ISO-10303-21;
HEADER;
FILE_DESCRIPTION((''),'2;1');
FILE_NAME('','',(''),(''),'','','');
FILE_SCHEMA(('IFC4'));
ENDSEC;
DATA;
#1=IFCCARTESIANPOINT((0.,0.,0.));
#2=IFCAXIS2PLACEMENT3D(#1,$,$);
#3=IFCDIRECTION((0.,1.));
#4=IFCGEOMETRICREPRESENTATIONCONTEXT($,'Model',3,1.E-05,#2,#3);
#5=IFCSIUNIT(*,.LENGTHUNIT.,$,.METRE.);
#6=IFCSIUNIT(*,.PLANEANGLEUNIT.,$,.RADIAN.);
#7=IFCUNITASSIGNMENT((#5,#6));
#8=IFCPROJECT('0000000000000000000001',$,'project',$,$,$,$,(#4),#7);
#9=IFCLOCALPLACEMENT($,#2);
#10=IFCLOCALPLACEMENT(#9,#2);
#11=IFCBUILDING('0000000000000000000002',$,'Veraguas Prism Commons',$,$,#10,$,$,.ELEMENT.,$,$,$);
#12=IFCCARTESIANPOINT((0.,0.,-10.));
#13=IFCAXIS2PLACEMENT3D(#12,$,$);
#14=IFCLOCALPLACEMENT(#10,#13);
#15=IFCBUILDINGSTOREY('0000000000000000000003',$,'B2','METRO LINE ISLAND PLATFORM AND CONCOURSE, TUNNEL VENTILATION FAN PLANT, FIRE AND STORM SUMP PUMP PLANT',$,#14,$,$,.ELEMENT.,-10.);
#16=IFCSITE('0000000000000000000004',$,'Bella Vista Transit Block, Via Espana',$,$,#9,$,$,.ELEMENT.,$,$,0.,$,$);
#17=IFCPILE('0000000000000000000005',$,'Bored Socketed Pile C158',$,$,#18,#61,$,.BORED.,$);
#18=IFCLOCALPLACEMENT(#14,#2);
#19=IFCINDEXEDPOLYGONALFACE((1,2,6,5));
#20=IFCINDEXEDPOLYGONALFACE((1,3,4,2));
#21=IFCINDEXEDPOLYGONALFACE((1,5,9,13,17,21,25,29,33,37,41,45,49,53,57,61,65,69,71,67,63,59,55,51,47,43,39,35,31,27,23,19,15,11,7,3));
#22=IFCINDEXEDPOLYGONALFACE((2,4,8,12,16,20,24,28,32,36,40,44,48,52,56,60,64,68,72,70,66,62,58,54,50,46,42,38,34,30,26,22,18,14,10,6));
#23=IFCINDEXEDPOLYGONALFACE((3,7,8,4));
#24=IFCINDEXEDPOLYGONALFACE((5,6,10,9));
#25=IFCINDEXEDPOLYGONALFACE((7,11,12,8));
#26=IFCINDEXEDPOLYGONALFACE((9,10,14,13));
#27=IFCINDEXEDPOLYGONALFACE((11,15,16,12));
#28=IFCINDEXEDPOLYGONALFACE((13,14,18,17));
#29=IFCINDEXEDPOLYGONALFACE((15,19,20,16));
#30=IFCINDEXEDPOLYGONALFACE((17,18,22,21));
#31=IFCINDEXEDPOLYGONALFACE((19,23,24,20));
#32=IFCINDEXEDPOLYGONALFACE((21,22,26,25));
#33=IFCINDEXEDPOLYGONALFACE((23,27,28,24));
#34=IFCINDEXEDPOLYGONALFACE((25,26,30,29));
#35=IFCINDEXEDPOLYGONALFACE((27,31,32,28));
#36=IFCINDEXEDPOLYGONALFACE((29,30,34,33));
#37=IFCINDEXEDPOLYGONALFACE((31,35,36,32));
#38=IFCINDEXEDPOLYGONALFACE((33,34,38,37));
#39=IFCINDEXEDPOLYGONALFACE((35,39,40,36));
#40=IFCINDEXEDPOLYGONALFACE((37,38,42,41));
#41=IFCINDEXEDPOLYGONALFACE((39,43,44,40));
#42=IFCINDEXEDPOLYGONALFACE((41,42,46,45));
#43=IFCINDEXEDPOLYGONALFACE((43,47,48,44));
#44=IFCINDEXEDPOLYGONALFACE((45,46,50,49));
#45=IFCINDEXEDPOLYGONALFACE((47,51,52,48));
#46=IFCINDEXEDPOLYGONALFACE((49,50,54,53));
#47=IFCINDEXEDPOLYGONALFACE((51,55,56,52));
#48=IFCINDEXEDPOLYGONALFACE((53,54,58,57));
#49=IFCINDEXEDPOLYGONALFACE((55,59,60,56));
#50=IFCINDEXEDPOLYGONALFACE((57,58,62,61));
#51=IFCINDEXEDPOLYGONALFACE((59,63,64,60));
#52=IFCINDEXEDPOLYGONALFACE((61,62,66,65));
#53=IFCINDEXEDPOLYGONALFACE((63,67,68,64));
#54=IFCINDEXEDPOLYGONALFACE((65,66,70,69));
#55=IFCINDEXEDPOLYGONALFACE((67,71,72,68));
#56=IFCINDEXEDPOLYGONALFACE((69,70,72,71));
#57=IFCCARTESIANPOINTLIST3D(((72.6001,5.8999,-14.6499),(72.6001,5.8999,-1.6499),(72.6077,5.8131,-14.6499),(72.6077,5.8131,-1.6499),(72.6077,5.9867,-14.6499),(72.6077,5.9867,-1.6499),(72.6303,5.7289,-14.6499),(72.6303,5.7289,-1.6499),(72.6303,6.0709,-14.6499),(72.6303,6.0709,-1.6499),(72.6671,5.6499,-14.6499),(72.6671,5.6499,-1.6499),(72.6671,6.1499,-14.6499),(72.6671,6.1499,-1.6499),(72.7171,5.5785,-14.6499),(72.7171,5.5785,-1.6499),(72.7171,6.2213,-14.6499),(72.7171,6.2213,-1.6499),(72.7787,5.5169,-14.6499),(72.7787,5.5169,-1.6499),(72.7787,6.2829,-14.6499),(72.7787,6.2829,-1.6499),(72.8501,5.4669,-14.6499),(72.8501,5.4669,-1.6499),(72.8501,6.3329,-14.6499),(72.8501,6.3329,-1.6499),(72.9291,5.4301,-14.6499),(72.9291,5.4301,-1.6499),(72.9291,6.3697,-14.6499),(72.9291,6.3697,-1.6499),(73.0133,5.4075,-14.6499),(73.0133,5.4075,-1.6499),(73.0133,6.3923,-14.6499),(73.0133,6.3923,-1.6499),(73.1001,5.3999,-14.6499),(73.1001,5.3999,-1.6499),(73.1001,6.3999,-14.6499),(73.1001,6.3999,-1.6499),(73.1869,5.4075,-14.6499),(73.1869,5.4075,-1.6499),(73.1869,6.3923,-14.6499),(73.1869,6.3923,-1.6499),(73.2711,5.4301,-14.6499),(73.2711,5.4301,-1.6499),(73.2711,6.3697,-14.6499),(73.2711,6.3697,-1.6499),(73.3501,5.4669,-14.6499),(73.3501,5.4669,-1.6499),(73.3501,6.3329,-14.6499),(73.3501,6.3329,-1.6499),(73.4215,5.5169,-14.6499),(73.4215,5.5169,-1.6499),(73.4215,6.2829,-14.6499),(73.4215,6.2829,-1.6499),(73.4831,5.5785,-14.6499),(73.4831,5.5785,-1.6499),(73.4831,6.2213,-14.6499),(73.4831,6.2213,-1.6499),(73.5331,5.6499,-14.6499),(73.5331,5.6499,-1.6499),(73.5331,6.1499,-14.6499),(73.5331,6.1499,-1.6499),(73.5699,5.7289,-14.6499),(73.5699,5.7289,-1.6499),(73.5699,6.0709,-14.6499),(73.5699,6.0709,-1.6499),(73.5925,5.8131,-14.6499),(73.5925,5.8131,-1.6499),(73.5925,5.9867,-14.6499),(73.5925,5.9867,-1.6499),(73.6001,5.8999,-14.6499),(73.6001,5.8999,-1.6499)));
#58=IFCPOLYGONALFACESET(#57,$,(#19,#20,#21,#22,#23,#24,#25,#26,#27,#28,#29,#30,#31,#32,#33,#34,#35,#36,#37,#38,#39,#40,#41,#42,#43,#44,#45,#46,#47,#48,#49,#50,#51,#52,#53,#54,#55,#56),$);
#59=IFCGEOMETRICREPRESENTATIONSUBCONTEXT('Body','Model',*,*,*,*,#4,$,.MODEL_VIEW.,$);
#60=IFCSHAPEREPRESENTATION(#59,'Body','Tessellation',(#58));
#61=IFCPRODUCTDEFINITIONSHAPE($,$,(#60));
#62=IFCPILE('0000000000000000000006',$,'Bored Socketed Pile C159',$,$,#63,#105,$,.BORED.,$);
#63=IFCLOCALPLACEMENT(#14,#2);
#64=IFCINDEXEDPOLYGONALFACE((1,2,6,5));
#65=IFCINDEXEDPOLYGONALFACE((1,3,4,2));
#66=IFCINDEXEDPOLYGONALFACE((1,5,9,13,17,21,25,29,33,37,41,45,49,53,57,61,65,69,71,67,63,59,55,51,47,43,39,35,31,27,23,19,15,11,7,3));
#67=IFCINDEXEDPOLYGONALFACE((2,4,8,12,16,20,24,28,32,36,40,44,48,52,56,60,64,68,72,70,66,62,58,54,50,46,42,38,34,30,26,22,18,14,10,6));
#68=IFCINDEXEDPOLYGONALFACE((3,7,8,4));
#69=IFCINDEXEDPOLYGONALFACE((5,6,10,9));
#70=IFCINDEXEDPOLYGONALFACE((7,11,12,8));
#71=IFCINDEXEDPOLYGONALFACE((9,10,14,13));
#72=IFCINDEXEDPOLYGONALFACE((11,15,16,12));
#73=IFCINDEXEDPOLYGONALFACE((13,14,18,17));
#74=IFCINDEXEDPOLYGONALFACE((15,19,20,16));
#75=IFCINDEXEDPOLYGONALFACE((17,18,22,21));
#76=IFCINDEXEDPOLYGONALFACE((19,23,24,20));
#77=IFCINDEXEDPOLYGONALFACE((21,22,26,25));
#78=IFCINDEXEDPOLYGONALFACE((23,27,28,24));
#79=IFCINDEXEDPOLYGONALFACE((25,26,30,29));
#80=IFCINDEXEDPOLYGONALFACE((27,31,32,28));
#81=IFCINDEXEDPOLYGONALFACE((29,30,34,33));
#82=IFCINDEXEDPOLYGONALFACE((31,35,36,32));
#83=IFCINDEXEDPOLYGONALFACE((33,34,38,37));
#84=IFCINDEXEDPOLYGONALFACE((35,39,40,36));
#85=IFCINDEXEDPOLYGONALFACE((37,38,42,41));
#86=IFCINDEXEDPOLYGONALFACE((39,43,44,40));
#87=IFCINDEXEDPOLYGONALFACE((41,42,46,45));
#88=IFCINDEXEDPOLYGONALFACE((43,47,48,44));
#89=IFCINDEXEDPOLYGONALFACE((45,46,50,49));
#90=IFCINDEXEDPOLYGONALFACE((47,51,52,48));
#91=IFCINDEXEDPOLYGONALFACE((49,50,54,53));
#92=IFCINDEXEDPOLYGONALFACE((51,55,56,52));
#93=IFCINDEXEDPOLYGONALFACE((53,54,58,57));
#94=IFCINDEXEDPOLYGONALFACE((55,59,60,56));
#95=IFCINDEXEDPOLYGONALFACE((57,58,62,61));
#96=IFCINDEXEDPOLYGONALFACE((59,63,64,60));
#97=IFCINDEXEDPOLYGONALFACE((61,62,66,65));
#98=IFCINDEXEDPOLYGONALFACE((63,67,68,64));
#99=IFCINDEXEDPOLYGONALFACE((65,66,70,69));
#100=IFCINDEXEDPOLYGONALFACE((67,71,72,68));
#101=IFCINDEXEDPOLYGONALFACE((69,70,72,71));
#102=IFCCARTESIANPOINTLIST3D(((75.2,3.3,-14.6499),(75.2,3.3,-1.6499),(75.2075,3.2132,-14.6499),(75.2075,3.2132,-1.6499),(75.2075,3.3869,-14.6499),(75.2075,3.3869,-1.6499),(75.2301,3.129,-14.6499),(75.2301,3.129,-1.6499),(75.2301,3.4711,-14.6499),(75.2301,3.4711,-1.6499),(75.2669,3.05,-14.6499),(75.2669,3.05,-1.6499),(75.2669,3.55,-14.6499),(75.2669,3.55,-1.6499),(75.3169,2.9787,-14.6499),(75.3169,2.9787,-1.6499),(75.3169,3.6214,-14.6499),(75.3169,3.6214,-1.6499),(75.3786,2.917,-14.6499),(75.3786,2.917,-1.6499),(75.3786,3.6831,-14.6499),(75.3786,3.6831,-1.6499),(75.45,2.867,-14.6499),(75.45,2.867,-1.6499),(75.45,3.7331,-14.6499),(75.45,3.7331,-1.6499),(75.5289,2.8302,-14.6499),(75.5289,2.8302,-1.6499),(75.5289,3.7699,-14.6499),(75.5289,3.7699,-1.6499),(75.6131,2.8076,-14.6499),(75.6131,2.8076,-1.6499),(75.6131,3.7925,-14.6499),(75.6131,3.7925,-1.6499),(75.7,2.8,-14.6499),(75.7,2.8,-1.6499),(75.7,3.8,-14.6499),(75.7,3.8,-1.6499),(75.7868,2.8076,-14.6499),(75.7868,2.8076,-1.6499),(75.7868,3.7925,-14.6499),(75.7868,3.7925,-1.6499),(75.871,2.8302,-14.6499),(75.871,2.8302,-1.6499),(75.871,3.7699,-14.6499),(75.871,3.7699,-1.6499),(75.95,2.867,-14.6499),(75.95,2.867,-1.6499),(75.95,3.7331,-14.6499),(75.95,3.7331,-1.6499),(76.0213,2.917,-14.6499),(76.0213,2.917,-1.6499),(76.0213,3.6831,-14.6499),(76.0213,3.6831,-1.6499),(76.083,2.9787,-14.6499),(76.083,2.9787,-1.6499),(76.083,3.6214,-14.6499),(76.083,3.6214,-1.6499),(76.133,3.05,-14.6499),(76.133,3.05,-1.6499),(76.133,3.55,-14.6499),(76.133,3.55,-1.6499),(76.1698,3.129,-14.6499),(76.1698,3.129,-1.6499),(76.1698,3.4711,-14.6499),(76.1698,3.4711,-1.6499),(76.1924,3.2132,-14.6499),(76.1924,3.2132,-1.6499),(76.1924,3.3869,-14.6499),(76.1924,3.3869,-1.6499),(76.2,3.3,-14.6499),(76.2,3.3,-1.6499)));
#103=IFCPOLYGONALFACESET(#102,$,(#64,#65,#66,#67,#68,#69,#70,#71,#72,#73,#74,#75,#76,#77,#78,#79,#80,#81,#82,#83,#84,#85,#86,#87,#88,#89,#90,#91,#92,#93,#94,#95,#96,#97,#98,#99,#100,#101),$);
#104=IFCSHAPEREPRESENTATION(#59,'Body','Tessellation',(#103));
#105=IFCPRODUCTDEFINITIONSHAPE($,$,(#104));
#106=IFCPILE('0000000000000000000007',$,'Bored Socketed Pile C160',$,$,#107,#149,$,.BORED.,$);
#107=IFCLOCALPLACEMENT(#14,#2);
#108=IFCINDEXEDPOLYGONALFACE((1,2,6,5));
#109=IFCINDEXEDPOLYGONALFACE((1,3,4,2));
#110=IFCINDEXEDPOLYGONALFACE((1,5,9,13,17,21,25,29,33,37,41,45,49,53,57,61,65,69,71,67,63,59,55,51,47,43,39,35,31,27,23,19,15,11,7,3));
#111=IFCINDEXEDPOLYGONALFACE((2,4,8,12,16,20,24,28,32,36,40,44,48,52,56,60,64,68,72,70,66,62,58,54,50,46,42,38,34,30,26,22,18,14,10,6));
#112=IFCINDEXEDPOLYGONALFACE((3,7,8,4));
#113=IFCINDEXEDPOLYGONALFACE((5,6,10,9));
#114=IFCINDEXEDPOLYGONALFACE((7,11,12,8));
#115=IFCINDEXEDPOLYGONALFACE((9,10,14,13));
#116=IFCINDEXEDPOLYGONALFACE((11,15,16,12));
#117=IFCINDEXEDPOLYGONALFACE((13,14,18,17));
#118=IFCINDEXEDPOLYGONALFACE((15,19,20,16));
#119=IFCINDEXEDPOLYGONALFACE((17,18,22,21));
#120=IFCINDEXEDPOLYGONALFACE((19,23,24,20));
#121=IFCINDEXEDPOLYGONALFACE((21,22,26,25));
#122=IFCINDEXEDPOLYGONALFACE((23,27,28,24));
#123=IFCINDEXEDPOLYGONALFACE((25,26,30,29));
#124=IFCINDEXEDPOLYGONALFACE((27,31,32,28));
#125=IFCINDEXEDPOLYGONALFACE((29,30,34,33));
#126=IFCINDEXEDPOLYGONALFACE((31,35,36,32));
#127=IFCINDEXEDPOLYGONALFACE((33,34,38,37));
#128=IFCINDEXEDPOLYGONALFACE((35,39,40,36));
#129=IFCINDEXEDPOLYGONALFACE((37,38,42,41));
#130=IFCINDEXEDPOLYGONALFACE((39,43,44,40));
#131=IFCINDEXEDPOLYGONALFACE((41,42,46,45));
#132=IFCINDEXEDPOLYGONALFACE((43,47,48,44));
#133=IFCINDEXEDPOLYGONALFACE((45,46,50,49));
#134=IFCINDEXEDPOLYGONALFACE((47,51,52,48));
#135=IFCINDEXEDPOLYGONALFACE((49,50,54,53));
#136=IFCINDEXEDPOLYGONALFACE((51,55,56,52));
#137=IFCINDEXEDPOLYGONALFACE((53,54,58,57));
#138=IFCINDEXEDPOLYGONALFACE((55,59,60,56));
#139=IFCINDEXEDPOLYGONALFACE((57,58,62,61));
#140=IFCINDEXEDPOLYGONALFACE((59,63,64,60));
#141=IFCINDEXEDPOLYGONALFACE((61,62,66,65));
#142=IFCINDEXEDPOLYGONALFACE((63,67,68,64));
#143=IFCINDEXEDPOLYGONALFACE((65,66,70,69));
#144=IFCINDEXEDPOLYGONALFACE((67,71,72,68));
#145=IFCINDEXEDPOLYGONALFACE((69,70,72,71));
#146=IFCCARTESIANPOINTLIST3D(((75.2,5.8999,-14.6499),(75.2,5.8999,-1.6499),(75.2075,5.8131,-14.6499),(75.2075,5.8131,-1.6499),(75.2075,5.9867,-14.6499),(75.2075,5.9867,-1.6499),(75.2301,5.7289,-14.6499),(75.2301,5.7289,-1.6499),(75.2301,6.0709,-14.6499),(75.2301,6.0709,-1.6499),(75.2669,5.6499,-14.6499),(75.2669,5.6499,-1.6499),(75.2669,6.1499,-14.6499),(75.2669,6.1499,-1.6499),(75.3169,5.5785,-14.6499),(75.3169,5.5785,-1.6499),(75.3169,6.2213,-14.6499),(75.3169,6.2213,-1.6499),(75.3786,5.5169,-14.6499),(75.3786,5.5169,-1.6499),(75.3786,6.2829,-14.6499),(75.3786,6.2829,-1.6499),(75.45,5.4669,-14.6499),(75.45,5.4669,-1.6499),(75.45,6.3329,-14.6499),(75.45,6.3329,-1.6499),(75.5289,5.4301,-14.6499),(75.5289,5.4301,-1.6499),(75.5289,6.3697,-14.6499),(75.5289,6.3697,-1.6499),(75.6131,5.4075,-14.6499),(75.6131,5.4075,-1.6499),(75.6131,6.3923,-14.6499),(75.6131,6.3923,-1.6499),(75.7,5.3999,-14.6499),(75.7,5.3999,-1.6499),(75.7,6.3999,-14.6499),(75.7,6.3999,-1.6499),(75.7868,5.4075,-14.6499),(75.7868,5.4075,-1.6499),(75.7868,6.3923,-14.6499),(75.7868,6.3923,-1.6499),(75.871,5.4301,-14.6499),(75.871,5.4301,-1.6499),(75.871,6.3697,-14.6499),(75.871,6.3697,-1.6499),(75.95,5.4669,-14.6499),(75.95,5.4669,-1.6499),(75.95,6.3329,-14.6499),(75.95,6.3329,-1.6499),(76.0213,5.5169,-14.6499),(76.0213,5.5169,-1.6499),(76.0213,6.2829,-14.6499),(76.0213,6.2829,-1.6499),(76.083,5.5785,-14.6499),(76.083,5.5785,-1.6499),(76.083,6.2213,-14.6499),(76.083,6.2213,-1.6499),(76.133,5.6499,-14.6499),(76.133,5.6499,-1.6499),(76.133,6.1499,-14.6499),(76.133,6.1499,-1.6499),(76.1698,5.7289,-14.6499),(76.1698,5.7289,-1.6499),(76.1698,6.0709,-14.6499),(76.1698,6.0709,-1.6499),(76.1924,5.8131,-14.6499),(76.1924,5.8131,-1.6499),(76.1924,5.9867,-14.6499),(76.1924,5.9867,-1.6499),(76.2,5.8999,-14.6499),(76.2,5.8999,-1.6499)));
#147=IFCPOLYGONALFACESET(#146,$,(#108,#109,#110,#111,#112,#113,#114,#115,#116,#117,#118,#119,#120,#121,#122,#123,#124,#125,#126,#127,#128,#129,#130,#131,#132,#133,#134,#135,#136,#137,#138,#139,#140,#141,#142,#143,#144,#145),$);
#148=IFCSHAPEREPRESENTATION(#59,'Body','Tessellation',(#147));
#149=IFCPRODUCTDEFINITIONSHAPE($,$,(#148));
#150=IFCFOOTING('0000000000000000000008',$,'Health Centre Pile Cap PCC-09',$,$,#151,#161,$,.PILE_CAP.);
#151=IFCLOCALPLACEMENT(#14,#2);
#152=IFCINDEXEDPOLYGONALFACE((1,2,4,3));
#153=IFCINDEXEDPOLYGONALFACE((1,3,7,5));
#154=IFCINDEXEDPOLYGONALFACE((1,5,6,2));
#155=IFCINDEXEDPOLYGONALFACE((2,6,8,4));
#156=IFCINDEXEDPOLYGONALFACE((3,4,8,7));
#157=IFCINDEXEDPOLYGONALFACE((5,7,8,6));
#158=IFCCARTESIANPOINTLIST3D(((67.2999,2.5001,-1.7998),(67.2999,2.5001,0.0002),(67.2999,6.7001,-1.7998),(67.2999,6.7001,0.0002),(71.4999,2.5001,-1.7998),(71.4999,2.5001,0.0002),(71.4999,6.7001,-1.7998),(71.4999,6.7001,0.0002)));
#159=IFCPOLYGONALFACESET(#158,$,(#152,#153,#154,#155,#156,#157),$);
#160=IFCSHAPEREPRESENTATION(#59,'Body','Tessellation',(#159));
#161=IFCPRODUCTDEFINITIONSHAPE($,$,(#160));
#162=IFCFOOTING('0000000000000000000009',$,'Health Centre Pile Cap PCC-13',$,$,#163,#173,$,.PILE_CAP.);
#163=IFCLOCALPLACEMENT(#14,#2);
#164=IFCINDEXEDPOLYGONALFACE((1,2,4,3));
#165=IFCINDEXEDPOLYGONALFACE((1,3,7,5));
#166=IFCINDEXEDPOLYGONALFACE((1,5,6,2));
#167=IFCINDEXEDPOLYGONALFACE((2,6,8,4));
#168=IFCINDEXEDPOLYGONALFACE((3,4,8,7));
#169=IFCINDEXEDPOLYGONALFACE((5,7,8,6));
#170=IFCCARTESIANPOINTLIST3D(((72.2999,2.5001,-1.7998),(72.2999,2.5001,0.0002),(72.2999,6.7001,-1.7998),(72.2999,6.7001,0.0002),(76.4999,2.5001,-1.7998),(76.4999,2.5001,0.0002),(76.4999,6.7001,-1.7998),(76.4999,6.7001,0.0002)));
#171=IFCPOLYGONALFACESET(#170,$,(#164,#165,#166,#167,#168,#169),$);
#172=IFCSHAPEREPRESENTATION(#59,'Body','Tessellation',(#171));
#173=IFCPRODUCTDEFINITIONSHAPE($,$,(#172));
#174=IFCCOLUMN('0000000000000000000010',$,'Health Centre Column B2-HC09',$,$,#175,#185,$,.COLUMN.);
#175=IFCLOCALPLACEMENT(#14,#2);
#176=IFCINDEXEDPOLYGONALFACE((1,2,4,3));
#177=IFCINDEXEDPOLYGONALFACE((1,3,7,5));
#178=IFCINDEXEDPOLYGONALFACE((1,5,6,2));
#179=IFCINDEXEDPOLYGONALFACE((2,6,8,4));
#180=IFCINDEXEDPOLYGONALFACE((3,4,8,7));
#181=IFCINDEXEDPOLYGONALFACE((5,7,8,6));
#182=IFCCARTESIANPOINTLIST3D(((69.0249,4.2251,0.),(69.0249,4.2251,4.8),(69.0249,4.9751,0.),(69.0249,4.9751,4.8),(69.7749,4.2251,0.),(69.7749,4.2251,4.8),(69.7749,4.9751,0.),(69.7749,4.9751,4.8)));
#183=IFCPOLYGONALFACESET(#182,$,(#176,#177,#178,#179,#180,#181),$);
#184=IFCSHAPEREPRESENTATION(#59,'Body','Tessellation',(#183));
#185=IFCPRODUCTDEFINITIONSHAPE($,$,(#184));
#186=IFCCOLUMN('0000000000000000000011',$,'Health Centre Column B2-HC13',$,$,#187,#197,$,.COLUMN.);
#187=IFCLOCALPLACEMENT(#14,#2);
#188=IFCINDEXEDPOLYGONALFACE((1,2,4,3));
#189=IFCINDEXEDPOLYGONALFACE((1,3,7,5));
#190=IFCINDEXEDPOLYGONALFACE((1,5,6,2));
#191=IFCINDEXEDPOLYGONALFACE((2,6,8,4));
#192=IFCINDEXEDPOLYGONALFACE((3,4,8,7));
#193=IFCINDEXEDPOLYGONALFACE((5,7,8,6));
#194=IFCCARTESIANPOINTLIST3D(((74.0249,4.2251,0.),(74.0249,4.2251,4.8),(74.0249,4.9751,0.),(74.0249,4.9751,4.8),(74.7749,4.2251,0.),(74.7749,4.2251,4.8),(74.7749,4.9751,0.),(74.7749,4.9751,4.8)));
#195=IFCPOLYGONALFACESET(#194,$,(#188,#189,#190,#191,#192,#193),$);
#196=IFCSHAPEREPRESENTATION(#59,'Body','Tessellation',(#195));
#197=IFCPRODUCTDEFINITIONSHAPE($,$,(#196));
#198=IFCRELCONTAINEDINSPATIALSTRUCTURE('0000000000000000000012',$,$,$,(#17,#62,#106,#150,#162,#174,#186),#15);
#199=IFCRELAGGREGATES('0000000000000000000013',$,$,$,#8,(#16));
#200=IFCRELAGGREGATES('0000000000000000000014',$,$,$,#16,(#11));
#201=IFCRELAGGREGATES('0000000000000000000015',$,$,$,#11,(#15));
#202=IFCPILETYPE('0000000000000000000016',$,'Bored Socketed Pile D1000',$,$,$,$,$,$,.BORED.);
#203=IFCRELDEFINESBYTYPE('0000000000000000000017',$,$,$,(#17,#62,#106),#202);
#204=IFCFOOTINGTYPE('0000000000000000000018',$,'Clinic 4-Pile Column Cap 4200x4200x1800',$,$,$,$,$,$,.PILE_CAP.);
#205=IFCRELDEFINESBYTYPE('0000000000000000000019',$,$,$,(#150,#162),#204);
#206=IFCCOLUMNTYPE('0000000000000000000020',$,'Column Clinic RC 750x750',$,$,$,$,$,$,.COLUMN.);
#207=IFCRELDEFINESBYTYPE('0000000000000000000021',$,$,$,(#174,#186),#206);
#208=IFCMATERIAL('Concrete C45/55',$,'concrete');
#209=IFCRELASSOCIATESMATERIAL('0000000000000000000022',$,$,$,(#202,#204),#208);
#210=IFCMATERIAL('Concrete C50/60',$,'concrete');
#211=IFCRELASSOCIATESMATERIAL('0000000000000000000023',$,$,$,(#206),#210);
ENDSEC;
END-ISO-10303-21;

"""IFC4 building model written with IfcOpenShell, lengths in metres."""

from ifc_helpers import new_model, si_unit, direction, frame, origin, origin_2d, place, context, subcontext, project, spatial, rectangle, circle, extrude, source, transform, mapped, material, material_profile, profile_set, type_object, element, save


model = new_model("IFC4")

# Units and contexts
model_context = context("Model", 3, precision=1e-05, world=origin(), true_north=direction((0.0, 1.0)))
body_context = subcontext(model_context, "Body", "Model", "MODEL_VIEW")
ifc_project = project(units=[si_unit("LENGTHUNIT", "METRE"), si_unit("PLANEANGLEUNIT", "RADIAN")], contexts=[model_context])

# Site, building, storey
site_placement = place(None, origin())
site = spatial("IfcSite", under=ifc_project, at=site_placement, Name="Bella Vista Transit Block, Via Espana", CompositionType="ELEMENT", RefElevation=0.0)
building_placement = place(site_placement, origin())
building = spatial("IfcBuilding", under=site, at=building_placement, Name="Veraguas Prism Commons", CompositionType="ELEMENT")
storey_placement = place(building_placement, frame((0.0, 0.0, -10.0)))
storey = spatial("IfcBuildingStorey", under=building, at=storey_placement, Name="B2", Description="METRO LINE ISLAND PLATFORM AND CONCOURSE, TUNNEL VENTILATION FAN PLANT, FIRE AND STORM SUMP PUMP PLANT", CompositionType="ELEMENT", Elevation=-10.0)

# Shared definitions
ifc_material_1 = material(Name="Concrete C45/55", Category="concrete")

# Piles
ifc_material_profile_1 = material_profile(ifc_material_1, circle(Radius=0.5, at=origin_2d()), Name="PILE1000")
ifc_profile_set_1 = profile_set([ifc_material_profile_1], Name="Concrete C45/55")
pile_type = type_object("IfcPileType", Name="Bored Socketed Pile D1000", PredefinedType="BORED", material=ifc_profile_set_1)
shared_shape_1 = source(origin(), body_context, "Body", "SweptSolid", [
    extrude(circle(Radius=0.5, at=origin_2d()), origin(), (0.0, 0.0, 1.0), 13.0),
])
for number, where, z_axis, x_axis, name in (
    (1, (73.1001, 5.8999, -1.6499), (0.0, 0.0, -1.0), (1.0, 0.0, 0.0), "Bored Socketed Pile C158"),
    (2, (75.7, 3.3, -1.6499), (0.0, 0.0, -1.0), (1.0, 0.0, 0.0), "Bored Socketed Pile C159"),
    (3, (75.7, 5.8999, -1.6499), (0.0, 0.0, -1.0), (1.0, 0.0, 0.0), "Bored Socketed Pile C160"),
):
    element("IfcPile", number, at=place(storey_placement, frame(where, z_axis=z_axis, x_axis=x_axis)), inside=storey, type_object=pile_type, Name=name, PredefinedType="BORED", context=body_context, shape_type="MappedRepresentation", body=[
        mapped(shared_shape_1, transform((0.0, 0.0, 0.0), scale=1.0)),
    ])

# Footings
footing_type_1 = type_object("IfcFootingType", Name="Clinic 4-Pile Column Cap 4200x4200x1800", PredefinedType="PILE_CAP", material=ifc_material_1)
shared_shape_2 = source(origin(), body_context, "Body", "SweptSolid", [
    extrude(rectangle(XDim=4.2, YDim=4.2, at=origin_2d()), origin(), (0.0, 0.0, 1.0), 1.8),
])
for number, where, z_axis, x_axis, name in (
    (4, (69.3999, 4.6001, -1.7998), (0.0, 0.0, 1.0), (1.0, 0.0, 0.0), "Health Centre Pile Cap PCC-09"),
    (5, (74.3999, 4.6001, -1.7998), (0.0, 0.0, 1.0), (1.0, 0.0, 0.0), "Health Centre Pile Cap PCC-13"),
):
    element("IfcFooting", number, at=place(storey_placement, frame(where, z_axis=z_axis, x_axis=x_axis)), inside=storey, type_object=footing_type_1, Name=name, PredefinedType="PILE_CAP", context=body_context, shape_type="MappedRepresentation", body=[
        mapped(shared_shape_2, transform((0.0, 0.0, 0.0), scale=1.0)),
    ])

# Columns
ifc_material_2 = material(Name="Concrete C50/60", Category="concrete")
ifc_material_profile_2 = material_profile(ifc_material_2, rectangle(XDim=0.75, YDim=0.75, at=origin_2d()), Name="RC750X750")
ifc_profile_set_2 = profile_set([ifc_material_profile_2], Name="Concrete C50/60")
column_type = type_object("IfcColumnType", Name="Column Clinic RC 750x750", PredefinedType="COLUMN", material=ifc_profile_set_2)
for number, where, z_axis, x_axis, name in (
    (6, (69.3999, 4.6001, 0.0), (0.0, 0.0, 1.0), (1.0, 0.0, 0.0), "Health Centre Column B2-HC09"),
    (7, (74.3999, 4.6001, 0.0), (0.0, 0.0, 1.0), (1.0, 0.0, 0.0), "Health Centre Column B2-HC13"),
):
    element("IfcColumn", number, at=place(storey_placement, frame(where, z_axis=z_axis, x_axis=x_axis)), inside=storey, type_object=column_type, Name=name, PredefinedType="COLUMN", context=body_context, shape_type="SweptSolid", body=[
        extrude(rectangle(XDim=0.75, YDim=0.75, at=origin_2d()), origin(), (0.0, 0.0, 1.0), 4.8),
    ])

save(model, "model.ifc")
